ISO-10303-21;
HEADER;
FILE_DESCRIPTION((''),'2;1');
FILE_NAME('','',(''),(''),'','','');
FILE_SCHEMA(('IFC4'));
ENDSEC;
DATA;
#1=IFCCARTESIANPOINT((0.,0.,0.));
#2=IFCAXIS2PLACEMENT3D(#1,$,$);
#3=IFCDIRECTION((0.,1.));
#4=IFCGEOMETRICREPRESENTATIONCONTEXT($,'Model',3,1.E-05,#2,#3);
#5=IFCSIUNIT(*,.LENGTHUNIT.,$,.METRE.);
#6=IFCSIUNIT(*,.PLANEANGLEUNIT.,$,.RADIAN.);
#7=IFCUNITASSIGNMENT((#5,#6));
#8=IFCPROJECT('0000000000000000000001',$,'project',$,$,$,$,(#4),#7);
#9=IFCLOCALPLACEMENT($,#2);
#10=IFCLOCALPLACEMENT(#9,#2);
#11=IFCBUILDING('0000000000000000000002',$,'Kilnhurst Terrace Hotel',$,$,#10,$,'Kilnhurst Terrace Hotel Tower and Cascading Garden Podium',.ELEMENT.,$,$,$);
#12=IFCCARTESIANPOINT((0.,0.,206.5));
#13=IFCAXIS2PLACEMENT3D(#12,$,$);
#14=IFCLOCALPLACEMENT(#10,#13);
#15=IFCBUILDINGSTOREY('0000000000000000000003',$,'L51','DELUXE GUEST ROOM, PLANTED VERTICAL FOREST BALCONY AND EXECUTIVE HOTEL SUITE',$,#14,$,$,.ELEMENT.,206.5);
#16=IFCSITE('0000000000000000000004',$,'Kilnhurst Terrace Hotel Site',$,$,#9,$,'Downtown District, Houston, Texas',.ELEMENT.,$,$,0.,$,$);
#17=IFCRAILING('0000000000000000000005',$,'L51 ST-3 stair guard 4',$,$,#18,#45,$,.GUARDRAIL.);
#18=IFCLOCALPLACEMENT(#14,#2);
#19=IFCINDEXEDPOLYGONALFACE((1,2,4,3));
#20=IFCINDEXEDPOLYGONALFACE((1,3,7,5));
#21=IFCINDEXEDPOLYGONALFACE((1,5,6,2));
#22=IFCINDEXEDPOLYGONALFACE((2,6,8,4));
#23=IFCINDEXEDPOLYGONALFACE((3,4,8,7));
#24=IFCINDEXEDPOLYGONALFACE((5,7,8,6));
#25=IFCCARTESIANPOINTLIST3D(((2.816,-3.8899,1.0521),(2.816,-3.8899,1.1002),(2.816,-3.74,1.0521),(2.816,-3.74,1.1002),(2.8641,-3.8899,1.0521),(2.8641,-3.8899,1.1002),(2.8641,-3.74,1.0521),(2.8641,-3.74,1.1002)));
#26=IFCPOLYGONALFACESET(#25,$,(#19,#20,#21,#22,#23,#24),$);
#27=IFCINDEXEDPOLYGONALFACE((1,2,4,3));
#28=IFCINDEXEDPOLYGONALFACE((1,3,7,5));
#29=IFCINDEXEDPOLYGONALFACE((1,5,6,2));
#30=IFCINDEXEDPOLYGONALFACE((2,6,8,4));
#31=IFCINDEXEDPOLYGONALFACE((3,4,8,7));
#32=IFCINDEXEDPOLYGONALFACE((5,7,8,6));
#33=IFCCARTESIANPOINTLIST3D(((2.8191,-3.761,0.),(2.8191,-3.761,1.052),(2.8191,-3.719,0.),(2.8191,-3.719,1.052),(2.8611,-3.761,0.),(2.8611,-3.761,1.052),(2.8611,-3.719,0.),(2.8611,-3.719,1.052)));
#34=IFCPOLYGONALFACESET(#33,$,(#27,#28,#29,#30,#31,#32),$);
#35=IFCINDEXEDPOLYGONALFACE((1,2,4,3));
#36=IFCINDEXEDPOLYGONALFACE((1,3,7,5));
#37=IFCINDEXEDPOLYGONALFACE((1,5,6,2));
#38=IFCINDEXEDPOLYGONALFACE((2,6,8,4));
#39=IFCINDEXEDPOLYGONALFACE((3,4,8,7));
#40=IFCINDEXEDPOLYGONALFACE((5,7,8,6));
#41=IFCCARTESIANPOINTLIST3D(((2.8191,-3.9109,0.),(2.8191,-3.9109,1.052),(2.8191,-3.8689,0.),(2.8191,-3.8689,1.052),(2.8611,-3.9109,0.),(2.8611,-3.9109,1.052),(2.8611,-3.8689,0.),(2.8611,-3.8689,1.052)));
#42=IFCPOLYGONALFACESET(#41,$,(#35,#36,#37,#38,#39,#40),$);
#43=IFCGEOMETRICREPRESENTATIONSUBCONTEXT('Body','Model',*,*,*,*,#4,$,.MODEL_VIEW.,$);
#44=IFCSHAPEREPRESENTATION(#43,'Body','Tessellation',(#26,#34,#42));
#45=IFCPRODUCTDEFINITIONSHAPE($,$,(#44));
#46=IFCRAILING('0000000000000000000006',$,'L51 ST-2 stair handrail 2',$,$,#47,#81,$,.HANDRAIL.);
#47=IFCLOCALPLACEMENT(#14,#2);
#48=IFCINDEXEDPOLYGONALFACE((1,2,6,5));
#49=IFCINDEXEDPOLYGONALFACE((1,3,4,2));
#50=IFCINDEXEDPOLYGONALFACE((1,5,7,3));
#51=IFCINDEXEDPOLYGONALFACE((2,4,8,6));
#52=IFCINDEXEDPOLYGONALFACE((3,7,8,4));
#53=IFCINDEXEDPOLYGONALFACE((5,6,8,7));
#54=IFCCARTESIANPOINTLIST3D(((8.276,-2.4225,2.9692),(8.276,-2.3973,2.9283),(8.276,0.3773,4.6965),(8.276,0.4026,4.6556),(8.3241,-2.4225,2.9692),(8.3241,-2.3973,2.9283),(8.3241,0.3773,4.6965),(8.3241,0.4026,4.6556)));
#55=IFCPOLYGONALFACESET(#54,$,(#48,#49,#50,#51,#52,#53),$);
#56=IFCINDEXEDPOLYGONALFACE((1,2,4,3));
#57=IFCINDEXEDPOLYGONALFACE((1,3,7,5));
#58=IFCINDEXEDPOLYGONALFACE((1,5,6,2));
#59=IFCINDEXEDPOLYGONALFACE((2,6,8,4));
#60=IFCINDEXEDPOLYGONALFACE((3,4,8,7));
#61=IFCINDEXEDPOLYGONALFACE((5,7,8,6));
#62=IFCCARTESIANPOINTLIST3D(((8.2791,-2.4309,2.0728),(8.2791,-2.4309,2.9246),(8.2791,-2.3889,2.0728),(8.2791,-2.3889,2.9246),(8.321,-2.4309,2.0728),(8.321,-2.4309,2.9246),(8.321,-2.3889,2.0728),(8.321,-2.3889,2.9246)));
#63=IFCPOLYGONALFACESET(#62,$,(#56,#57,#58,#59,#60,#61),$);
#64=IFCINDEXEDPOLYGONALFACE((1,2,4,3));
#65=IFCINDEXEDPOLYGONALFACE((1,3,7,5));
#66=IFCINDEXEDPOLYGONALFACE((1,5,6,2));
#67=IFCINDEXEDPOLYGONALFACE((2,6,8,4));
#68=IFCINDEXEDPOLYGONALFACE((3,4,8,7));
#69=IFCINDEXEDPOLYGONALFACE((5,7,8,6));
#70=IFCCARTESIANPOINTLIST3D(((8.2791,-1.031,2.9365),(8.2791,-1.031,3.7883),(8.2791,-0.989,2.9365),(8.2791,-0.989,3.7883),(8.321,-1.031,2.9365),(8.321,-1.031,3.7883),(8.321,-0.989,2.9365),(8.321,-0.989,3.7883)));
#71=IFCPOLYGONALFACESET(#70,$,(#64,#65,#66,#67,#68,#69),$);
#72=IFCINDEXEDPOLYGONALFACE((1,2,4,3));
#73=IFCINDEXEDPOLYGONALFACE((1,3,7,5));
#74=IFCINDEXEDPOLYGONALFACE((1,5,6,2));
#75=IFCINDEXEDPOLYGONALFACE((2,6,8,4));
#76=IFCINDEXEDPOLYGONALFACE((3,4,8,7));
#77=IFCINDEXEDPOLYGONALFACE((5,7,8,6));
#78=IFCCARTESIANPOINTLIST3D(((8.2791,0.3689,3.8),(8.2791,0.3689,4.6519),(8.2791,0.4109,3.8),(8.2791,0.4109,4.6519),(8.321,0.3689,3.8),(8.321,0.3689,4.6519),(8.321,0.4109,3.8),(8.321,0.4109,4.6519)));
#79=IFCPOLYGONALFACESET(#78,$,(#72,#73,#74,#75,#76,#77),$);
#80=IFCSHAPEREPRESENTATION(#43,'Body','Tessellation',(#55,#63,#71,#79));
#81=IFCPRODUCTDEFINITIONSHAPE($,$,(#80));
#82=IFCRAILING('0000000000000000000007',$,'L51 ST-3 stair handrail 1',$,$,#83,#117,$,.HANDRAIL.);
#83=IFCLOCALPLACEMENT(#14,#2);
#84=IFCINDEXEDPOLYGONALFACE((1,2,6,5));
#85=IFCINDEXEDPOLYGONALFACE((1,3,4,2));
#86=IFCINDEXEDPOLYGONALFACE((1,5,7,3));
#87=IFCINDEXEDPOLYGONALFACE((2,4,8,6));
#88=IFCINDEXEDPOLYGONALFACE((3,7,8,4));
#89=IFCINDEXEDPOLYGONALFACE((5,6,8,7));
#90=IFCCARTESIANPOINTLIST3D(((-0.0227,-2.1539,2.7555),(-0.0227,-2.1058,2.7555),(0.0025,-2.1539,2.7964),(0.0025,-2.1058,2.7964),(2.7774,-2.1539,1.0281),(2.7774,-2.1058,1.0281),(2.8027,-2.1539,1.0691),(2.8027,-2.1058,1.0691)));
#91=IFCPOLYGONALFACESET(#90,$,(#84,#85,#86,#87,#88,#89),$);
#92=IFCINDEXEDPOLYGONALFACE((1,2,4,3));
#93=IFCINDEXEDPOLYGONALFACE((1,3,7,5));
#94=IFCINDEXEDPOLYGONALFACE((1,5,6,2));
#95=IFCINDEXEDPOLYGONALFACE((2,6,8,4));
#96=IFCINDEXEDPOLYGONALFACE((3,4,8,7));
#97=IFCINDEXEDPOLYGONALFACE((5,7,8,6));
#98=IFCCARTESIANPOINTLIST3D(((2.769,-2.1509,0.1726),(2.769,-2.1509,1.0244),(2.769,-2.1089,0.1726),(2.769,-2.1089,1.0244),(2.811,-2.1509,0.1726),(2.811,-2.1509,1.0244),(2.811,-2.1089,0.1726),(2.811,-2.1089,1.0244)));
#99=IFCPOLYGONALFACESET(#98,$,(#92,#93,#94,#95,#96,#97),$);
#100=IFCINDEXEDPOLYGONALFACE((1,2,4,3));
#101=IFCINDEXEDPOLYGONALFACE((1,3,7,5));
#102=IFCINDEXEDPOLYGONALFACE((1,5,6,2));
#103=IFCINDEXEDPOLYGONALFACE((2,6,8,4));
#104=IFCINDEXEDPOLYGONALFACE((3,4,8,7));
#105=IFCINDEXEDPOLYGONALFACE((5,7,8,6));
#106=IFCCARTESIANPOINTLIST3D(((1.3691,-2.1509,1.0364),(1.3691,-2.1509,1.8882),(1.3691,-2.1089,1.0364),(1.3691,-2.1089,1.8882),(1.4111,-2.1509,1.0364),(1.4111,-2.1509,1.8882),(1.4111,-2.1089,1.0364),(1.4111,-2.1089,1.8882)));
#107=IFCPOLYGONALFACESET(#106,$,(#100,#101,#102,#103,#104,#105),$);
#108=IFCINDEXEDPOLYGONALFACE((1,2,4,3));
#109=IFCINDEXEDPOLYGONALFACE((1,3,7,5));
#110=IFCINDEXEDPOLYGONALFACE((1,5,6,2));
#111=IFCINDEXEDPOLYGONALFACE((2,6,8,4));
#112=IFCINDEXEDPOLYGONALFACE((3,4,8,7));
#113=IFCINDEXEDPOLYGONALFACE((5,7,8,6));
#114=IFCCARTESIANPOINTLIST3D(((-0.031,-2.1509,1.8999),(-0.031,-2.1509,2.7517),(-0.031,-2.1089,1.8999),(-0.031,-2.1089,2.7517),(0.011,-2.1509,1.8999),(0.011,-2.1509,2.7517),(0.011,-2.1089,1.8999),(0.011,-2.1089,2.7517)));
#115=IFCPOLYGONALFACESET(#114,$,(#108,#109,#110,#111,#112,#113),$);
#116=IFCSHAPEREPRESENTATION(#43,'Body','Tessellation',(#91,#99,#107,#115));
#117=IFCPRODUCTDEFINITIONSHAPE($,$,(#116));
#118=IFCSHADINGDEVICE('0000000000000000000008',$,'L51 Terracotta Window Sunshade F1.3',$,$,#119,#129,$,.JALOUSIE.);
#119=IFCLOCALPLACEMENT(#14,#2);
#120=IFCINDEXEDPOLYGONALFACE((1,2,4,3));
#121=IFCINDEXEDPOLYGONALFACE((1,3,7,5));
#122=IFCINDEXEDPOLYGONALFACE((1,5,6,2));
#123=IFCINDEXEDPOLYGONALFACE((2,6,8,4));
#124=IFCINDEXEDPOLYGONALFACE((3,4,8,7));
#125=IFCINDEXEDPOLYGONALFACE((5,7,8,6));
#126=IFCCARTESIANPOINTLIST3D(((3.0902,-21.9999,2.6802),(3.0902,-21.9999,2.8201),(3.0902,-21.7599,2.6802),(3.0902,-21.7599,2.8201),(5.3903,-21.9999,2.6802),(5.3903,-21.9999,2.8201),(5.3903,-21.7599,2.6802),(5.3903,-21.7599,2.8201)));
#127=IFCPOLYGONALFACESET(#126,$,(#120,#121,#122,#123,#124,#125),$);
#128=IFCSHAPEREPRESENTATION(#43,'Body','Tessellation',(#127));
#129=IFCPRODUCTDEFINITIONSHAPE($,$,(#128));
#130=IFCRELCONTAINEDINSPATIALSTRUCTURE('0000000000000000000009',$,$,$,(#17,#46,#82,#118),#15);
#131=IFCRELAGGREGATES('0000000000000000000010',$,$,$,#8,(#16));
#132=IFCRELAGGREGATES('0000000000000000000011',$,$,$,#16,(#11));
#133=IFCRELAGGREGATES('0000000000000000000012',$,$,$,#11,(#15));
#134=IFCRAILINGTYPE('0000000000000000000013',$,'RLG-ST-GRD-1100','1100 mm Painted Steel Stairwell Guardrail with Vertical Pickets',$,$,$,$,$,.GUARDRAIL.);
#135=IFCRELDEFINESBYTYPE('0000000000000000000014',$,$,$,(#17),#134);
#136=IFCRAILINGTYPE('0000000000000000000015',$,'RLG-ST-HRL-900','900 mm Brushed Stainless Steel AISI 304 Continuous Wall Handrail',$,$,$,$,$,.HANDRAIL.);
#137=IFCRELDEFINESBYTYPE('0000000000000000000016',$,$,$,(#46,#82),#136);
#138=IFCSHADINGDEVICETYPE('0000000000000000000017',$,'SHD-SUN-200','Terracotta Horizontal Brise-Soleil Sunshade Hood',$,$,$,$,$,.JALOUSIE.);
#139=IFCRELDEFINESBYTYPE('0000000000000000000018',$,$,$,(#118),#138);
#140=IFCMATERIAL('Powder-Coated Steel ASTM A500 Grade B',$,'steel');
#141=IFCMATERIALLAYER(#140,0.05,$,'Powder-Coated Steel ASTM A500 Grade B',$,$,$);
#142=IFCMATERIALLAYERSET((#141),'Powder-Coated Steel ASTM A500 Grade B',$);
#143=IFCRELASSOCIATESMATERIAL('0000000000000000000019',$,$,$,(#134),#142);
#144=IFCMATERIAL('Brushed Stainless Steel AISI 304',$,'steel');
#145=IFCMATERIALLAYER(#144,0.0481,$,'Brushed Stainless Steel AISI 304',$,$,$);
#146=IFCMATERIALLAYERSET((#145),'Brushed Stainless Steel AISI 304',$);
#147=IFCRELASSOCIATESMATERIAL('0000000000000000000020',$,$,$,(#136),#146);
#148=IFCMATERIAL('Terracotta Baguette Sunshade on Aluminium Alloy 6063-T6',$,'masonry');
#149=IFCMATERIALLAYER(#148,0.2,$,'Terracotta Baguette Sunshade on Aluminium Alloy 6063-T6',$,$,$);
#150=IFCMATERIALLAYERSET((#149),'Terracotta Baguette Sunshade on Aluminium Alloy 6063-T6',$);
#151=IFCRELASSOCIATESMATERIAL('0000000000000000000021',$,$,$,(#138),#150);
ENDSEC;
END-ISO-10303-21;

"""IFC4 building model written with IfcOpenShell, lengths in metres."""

from ifc_helpers import new_model, si_unit, direction, frame, origin, origin_2d, place, context, subcontext, project, spatial, rectangle, extrude, material, layer, layer_set, type_object, element, save


model = new_model("IFC4")

# Units and contexts
model_context = context("Model", 3, precision=1e-05, world=origin(), true_north=direction((0.0, 1.0)))
body_context = subcontext(model_context, "Body", "Model", "MODEL_VIEW")
ifc_project = project(units=[si_unit("LENGTHUNIT", "METRE"), si_unit("PLANEANGLEUNIT", "RADIAN")], contexts=[model_context])

# Site, building, storey
site_placement = place(None, origin())
site = spatial("IfcSite", under=ifc_project, at=site_placement, Name="Kilnhurst Terrace Hotel Site", LongName="Downtown District, Houston, Texas", CompositionType="ELEMENT", RefElevation=0.0)
building_placement = place(site_placement, origin())
building = spatial("IfcBuilding", under=site, at=building_placement, Name="Kilnhurst Terrace Hotel", LongName="Kilnhurst Terrace Hotel Tower and Cascading Garden Podium", CompositionType="ELEMENT")
storey_placement = place(building_placement, frame((0.0, 0.0, 206.5)))
storey = spatial("IfcBuildingStorey", under=building, at=storey_placement, Name="L51", Description="DELUXE GUEST ROOM, PLANTED VERTICAL FOREST BALCONY AND EXECUTIVE HOTEL SUITE", CompositionType="ELEMENT", Elevation=206.5)

# Railings
ifc_material_1 = material(Name="Powder-Coated Steel ASTM A500 Grade B", Category="steel")
ifc_layer_1 = layer(ifc_material_1, 0.05, Name="Powder-Coated Steel ASTM A500 Grade B")
ifc_layer_set_1 = layer_set([ifc_layer_1], Name="Powder-Coated Steel ASTM A500 Grade B")
railing_type_1 = type_object("IfcRailingType", Name="RLG-ST-GRD-1100", Description="1100 mm Painted Steel Stairwell Guardrail with Vertical Pickets", PredefinedType="GUARDRAIL", material=ifc_layer_set_1)
railing_1_placement = place(storey_placement, frame((2.8401, -3.74, 0.0)))
element("IfcRailing", 1, at=railing_1_placement, inside=storey, type_object=railing_type_1, Name="L51 ST-3 stair guard 4", PredefinedType="GUARDRAIL", context=body_context, shape_type="SweptSolid", body=[
    extrude(rectangle(XDim=0.0481, YDim=0.0481, at=origin_2d()), frame((0.0, 0.0, 1.0762), z_axis=(0.0, -1.0, 0.0), x_axis=(1.0, 0.0, 0.0)), (0.0, 0.0, 1.0), 0.1499),
    extrude(rectangle(XDim=0.042, YDim=0.042, at=origin_2d()), origin(), (0.0, 0.0, 1.0), 1.052),
    extrude(rectangle(XDim=0.042, YDim=0.042, at=origin_2d()), frame((0.0, -0.1499, 0.0)), (0.0, 0.0, 1.0), 1.052),
])
ifc_material_2 = material(Name="Brushed Stainless Steel AISI 304", Category="steel")
ifc_layer_2 = layer(ifc_material_2, 0.0481, Name="Brushed Stainless Steel AISI 304")
ifc_layer_set_2 = layer_set([ifc_layer_2], Name="Brushed Stainless Steel AISI 304")
railing_type_2 = type_object("IfcRailingType", Name="RLG-ST-HRL-900", Description="900 mm Brushed Stainless Steel AISI 304 Continuous Wall Handrail", PredefinedType="HANDRAIL", material=ifc_layer_set_2)
railing_2_placement = place(storey_placement, frame((8.3, -2.4099, 2.0728)))
element("IfcRailing", 2, at=railing_2_placement, inside=storey, type_object=railing_type_2, Name="L51 ST-2 stair handrail 2", PredefinedType="HANDRAIL", context=body_context, shape_type="SweptSolid", body=[
    extrude(rectangle(XDim=0.0481, YDim=0.0481, at=origin_2d()), frame((0.0, 0.0, 0.876), z_axis=(0.0, 0.851069, 0.525054), x_axis=(-1.0, 0.0, 0.0)), (0.0, 0.0, 1.0), 3.2898),
    extrude(rectangle(XDim=0.042, YDim=0.042, at=origin_2d()), origin(), (0.0, 0.0, 1.0), 0.8518),
    extrude(rectangle(XDim=0.042, YDim=0.042, at=origin_2d()), frame((0.0, 1.3999, 0.8638)), (0.0, 0.0, 1.0), 0.8518),
    extrude(rectangle(XDim=0.042, YDim=0.042, at=origin_2d()), frame((0.0, 2.7998, 1.7273)), (0.0, 0.0, 1.0), 0.8518),
])
railing_3_placement = place(storey_placement, frame((2.79, -2.1299, 0.1726)))
element("IfcRailing", 3, at=railing_3_placement, inside=storey, type_object=railing_type_2, Name="L51 ST-3 stair handrail 1", PredefinedType="HANDRAIL", context=body_context, shape_type="SweptSolid", body=[
    extrude(rectangle(XDim=0.0481, YDim=0.0481, at=origin_2d()), frame((0.0, 0.0, 0.876), z_axis=(-0.85109, 0.0, 0.52502), x_axis=(0.0, -1.0, 0.0)), (0.0, 0.0, 1.0), 3.29),
    extrude(rectangle(XDim=0.042, YDim=0.042, at=origin_2d()), origin(), (0.0, 0.0, 1.0), 0.8518),
    extrude(rectangle(XDim=0.042, YDim=0.042, at=origin_2d()), frame((-1.3999, 0.0, 0.8638)), (0.0, 0.0, 1.0), 0.8518),
    extrude(rectangle(XDim=0.042, YDim=0.042, at=origin_2d()), frame((-2.8, 0.0, 1.7273)), (0.0, 0.0, 1.0), 0.8518),
])

# Shading device
ifc_material_3 = material(Name="Terracotta Baguette Sunshade on Aluminium Alloy 6063-T6", Category="masonry")
ifc_layer_3 = layer(ifc_material_3, 0.2, Name="Terracotta Baguette Sunshade on Aluminium Alloy 6063-T6")
ifc_layer_set_3 = layer_set([ifc_layer_3], Name="Terracotta Baguette Sunshade on Aluminium Alloy 6063-T6")
shading_device_type = type_object("IfcShadingDeviceType", Name="SHD-SUN-200", Description="Terracotta Horizontal Brise-Soleil Sunshade Hood", PredefinedType="JALOUSIE", material=ifc_layer_set_3)
shading_device_placement = place(storey_placement, frame((4.2402, -21.8799, 2.6802), z_axis=(0.0, 0.0, 1.0), x_axis=(1.0, 0.0, 0.0)))
element("IfcShadingDevice", 4, at=shading_device_placement, inside=storey, type_object=shading_device_type, Name="L51 Terracotta Window Sunshade F1.3", PredefinedType="JALOUSIE", context=body_context, shape_type="SweptSolid", body=[
    extrude(rectangle(XDim=2.3, YDim=0.24, at=origin_2d()), origin(), (0.0, 0.0, 1.0), 0.1399),
])

save(model, "model.ifc")
